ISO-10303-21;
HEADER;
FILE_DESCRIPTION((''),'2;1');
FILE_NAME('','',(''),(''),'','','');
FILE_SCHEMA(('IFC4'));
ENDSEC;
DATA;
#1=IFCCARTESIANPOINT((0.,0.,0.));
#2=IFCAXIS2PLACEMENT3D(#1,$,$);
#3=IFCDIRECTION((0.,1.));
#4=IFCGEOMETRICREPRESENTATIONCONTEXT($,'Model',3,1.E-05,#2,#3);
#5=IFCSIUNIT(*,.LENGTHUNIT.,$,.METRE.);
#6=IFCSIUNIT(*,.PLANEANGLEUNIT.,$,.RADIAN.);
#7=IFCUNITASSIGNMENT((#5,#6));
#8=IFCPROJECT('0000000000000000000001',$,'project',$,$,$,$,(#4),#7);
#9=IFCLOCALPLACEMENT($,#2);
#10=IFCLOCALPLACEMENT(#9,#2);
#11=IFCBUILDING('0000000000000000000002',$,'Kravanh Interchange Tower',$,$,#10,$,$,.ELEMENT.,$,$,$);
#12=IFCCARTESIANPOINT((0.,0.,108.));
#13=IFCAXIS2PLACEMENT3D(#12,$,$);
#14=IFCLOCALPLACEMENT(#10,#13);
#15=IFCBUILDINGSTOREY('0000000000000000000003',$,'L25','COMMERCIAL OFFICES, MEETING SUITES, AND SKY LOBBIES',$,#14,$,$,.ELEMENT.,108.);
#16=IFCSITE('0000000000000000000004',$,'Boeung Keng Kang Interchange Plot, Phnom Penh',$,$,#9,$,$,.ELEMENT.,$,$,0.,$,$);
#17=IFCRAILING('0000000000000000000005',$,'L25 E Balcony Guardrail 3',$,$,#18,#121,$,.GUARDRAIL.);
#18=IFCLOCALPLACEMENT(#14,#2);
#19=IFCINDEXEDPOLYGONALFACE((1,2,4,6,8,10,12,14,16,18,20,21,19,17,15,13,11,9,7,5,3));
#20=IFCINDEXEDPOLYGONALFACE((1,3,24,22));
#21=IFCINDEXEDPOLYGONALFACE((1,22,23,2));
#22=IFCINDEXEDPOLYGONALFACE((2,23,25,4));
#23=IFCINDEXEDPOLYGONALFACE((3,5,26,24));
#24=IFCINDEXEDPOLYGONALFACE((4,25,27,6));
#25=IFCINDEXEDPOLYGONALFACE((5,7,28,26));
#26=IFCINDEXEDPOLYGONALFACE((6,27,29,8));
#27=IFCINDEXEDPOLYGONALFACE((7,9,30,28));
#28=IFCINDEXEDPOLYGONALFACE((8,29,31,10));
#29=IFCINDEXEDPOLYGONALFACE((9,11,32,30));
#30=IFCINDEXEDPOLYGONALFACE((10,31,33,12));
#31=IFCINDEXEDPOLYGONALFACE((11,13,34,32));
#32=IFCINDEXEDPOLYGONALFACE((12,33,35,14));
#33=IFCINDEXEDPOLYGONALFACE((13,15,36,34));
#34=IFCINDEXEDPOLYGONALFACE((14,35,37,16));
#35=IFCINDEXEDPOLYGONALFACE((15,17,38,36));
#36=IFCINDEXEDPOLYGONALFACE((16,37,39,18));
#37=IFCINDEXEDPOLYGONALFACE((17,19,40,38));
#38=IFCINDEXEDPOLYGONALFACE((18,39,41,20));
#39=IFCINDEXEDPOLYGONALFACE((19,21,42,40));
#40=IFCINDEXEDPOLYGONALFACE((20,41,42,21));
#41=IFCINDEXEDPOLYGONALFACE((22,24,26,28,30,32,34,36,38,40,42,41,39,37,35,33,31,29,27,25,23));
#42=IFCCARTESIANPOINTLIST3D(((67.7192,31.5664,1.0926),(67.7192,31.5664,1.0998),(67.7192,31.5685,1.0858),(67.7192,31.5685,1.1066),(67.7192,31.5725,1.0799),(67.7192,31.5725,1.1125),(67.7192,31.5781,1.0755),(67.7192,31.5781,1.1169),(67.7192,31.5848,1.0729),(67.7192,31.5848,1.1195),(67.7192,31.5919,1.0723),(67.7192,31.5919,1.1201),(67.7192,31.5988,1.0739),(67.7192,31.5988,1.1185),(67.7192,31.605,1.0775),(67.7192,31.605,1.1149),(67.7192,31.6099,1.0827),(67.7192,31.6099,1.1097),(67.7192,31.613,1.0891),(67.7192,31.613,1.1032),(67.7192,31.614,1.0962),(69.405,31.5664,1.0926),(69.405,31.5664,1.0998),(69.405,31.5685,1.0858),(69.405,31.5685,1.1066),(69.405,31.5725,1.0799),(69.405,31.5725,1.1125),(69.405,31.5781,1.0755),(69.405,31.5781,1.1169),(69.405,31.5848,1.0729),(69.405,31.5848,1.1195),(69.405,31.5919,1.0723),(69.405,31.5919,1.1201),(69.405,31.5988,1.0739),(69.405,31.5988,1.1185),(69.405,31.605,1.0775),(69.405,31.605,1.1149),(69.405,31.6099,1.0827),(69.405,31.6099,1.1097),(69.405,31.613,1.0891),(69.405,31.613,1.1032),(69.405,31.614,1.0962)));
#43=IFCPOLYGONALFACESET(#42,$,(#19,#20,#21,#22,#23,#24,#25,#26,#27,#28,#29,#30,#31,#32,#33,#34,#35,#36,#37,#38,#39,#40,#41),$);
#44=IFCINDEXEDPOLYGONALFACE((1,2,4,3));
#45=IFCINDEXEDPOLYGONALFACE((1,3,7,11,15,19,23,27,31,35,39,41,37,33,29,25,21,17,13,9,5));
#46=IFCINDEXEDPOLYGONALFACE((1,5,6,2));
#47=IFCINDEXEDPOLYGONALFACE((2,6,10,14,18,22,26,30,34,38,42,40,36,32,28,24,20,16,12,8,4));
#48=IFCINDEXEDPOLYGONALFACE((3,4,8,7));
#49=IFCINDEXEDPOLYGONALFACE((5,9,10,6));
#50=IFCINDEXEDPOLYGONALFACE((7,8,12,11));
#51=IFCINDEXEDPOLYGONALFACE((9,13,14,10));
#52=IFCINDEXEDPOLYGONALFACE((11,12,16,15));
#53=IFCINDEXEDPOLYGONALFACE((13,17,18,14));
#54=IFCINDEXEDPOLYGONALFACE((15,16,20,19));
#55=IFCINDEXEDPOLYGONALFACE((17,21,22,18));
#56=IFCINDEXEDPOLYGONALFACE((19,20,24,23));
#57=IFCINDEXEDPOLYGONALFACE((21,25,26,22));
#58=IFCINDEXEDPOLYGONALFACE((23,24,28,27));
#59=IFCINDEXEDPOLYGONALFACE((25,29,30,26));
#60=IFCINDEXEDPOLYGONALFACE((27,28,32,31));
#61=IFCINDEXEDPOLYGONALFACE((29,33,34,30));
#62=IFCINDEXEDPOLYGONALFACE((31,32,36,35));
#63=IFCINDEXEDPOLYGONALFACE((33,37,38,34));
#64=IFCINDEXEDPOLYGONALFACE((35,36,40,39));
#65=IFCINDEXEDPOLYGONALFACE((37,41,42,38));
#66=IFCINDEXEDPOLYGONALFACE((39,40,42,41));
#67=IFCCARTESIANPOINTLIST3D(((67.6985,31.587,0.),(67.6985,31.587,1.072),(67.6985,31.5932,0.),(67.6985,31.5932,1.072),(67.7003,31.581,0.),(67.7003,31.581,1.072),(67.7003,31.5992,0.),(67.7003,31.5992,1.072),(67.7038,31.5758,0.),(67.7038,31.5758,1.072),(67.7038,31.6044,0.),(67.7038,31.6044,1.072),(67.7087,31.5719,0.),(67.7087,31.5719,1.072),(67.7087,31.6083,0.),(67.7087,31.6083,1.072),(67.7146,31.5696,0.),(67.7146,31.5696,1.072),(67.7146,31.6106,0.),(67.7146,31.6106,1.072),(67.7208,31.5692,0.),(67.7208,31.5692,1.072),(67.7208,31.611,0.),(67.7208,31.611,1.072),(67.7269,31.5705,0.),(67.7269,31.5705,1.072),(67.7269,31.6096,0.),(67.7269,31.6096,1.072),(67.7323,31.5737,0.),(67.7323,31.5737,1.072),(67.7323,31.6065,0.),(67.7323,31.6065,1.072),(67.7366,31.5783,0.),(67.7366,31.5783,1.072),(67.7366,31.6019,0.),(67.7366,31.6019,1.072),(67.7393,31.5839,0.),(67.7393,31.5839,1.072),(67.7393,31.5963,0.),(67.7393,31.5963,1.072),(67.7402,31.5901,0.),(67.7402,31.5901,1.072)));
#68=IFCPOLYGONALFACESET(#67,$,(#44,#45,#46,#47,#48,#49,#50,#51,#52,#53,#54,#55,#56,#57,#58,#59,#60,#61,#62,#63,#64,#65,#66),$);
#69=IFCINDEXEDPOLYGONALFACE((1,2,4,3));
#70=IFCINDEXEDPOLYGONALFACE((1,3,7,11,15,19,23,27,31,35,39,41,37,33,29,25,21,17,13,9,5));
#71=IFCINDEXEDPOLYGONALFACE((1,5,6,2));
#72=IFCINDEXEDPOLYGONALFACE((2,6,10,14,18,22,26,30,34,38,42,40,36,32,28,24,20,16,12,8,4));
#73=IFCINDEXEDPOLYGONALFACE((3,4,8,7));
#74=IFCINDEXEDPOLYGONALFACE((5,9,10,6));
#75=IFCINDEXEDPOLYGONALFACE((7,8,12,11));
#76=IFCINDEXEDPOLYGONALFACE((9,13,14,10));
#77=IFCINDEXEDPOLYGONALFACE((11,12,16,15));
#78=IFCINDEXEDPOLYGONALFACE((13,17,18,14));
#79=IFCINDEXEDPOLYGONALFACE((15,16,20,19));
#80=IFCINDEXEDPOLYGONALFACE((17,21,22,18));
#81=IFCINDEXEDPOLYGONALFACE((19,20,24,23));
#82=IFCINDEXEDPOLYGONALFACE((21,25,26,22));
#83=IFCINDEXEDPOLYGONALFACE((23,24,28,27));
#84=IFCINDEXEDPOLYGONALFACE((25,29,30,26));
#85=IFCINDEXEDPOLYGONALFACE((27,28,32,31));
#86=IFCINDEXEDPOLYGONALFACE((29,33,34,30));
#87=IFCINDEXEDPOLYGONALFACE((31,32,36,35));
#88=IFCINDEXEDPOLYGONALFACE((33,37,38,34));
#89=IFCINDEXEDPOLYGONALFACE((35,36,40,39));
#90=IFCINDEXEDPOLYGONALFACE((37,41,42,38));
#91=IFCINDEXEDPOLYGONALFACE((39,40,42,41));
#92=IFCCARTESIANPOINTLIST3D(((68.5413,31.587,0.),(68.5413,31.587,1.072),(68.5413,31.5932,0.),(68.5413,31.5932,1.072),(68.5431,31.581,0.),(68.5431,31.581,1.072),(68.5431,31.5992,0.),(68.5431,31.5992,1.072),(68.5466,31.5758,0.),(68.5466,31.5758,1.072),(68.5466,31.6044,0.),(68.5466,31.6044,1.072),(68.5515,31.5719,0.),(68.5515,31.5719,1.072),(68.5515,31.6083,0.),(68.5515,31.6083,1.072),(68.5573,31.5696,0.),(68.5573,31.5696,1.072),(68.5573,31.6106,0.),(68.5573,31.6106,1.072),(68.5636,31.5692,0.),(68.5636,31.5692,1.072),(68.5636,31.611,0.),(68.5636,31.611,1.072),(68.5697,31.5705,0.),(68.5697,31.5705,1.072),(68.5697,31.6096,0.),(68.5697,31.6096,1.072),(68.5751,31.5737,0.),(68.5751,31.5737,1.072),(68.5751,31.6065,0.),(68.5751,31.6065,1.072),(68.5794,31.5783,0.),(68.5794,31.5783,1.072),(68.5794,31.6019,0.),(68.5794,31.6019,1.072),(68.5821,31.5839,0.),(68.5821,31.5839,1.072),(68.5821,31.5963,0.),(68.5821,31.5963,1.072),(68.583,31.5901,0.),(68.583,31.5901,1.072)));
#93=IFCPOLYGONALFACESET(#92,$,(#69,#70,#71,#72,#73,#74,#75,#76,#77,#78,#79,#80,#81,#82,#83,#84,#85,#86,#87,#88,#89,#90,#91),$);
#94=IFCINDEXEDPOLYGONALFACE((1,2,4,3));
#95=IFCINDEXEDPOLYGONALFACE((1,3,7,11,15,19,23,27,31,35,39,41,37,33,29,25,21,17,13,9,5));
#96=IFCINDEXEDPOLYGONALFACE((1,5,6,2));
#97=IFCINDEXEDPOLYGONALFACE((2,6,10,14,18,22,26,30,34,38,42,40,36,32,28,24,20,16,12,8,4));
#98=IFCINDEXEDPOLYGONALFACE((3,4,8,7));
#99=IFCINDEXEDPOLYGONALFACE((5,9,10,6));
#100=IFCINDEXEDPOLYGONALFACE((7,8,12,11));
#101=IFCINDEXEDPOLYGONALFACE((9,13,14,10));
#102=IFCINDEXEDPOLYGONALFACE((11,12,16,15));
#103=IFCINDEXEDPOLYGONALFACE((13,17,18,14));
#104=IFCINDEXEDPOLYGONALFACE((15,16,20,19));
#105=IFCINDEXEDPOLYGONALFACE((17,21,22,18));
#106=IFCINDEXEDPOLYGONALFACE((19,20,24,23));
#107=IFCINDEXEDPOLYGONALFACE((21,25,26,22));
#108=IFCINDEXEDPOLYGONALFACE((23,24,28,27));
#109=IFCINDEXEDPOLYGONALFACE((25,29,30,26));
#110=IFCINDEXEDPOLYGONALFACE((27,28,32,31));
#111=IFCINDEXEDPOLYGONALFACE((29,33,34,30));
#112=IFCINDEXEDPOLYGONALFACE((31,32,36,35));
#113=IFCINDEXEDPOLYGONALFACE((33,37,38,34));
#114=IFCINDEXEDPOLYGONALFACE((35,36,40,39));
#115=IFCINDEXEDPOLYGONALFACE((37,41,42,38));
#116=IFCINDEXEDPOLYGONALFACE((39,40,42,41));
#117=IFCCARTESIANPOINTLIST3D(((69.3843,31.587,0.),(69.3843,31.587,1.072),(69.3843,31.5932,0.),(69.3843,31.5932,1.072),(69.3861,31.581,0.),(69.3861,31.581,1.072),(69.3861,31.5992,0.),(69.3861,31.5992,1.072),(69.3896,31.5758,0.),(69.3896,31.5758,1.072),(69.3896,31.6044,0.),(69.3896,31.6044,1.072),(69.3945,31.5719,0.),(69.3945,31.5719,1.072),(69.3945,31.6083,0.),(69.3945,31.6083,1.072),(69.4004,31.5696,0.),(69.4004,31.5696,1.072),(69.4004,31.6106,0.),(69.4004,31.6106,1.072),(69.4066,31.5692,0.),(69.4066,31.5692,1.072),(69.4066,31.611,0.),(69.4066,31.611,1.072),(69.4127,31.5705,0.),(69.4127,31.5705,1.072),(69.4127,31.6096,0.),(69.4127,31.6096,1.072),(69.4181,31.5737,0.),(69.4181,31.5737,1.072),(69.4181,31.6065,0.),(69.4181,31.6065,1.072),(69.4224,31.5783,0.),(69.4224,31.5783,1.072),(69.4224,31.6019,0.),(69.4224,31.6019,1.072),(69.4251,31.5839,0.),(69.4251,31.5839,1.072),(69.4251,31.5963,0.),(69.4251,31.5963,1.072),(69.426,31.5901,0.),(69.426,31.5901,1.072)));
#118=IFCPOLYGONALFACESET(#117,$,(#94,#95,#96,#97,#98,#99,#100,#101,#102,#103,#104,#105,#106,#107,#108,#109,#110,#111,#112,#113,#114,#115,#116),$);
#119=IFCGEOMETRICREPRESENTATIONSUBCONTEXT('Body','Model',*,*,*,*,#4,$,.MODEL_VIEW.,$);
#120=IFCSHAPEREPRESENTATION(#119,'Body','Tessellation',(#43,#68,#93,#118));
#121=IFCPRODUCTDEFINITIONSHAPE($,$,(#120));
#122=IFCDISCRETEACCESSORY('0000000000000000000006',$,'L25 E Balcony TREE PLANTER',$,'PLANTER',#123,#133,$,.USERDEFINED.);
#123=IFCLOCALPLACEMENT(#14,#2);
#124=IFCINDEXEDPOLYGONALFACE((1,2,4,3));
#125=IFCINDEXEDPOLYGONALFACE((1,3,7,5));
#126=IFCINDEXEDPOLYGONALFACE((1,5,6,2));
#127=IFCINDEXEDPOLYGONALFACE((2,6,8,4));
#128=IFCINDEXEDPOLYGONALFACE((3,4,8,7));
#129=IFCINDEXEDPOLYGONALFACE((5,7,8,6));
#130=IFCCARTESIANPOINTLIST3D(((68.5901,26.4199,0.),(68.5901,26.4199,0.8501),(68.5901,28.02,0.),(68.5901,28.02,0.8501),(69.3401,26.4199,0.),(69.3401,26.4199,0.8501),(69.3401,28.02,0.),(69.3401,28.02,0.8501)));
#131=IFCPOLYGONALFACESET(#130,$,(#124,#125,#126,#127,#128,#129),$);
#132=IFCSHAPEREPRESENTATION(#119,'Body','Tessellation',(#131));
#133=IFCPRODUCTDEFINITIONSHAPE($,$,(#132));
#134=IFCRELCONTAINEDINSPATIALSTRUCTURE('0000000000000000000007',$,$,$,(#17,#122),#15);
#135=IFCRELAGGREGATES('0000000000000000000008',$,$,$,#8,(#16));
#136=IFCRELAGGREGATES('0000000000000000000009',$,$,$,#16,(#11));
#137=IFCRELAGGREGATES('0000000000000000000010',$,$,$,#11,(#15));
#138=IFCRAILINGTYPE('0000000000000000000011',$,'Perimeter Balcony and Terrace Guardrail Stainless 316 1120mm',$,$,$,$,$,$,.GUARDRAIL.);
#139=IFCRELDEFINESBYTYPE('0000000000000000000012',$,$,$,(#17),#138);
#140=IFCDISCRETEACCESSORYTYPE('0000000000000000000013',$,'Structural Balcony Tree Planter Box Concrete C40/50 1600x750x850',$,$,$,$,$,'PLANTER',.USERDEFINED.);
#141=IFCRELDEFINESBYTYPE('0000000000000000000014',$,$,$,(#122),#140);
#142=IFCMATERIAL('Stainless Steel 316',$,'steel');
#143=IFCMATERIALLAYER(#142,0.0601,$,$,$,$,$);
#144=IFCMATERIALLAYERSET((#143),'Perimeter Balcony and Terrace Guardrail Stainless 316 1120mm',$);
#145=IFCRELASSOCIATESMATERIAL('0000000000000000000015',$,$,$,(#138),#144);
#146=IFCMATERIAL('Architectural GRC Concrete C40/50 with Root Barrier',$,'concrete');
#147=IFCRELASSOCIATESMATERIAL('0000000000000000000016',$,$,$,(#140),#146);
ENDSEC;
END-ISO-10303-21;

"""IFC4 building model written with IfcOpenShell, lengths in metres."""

from ifc_helpers import new_model, si_unit, direction, frame, origin, origin_2d, place, context, subcontext, project, spatial, rectangle, circle, extrude, material, layer, layer_set, type_object, element, save


model = new_model("IFC4")

# Units and contexts
model_context = context("Model", 3, precision=1e-05, world=origin(), true_north=direction((0.0, 1.0)))
body_context = subcontext(model_context, "Body", "Model", "MODEL_VIEW")
ifc_project = project(units=[si_unit("LENGTHUNIT", "METRE"), si_unit("PLANEANGLEUNIT", "RADIAN")], contexts=[model_context])

# Site, building, storey
site_placement = place(None, origin())
site = spatial("IfcSite", under=ifc_project, at=site_placement, Name="Boeung Keng Kang Interchange Plot, Phnom Penh", CompositionType="ELEMENT", RefElevation=0.0)
building_placement = place(site_placement, origin())
building = spatial("IfcBuilding", under=site, at=building_placement, Name="Kravanh Interchange Tower", CompositionType="ELEMENT")
storey_placement = place(building_placement, frame((0.0, 0.0, 108.0)))
storey = spatial("IfcBuildingStorey", under=building, at=storey_placement, Name="L25", Description="COMMERCIAL OFFICES, MEETING SUITES, AND SKY LOBBIES", CompositionType="ELEMENT", Elevation=108.0)

# Railing
ifc_material_1 = material(Name="Stainless Steel 316", Category="steel")
ifc_layer_1 = layer(ifc_material_1, 0.0601)
ifc_layer_set_1 = layer_set([ifc_layer_1], Name="Perimeter Balcony and Terrace Guardrail Stainless 316 1120mm")
railing_type = type_object("IfcRailingType", Name="Perimeter Balcony and Terrace Guardrail Stainless 316 1120mm", PredefinedType="GUARDRAIL", material=ifc_layer_set_1)
railing_1_placement = place(storey_placement, frame((67.7192, 31.5901, 0.0)))
element("IfcRailing", 1, at=railing_1_placement, inside=storey, type_object=railing_type, Name="L25 E Balcony Guardrail 3", PredefinedType="GUARDRAIL", context=body_context, shape_type="SweptSolid", body=[
    extrude(circle(Radius=0.0239, at=origin_2d()), frame((0.0, 0.0, 1.0962), z_axis=(1.0, 0.0, 0.0), x_axis=(0.0, 1.0, 0.0)), (0.0, 0.0, 1.0), 1.6858),
    extrude(circle(Radius=0.021, at=origin_2d()), origin(), (0.0, 0.0, 1.0), 1.072),
    extrude(circle(Radius=0.021, at=origin_2d()), frame((0.8428, 0.0, 0.0)), (0.0, 0.0, 1.0), 1.072),
    extrude(circle(Radius=0.021, at=origin_2d()), frame((1.6858, 0.0, 0.0)), (0.0, 0.0, 1.0), 1.072),
])

# Discrete accessory
ifc_material_2 = material(Name="Architectural GRC Concrete C40/50 with Root Barrier", Category="concrete")
discrete_accessory_type = type_object("IfcDiscreteAccessoryType", Name="Structural Balcony Tree Planter Box Concrete C40/50 1600x750x850", ElementType="PLANTER", PredefinedType="USERDEFINED", material=ifc_material_2)
discrete_accessory_placement = place(storey_placement, frame((68.9651, 27.22, 0.0), z_axis=(0.0, 0.0, 1.0), x_axis=(1.0, 0.0, 0.0)))
element("IfcDiscreteAccessory", 2, at=discrete_accessory_placement, inside=storey, type_object=discrete_accessory_type, Name="L25 E Balcony TREE PLANTER", ObjectType="PLANTER", PredefinedType="USERDEFINED", context=body_context, shape_type="SweptSolid", body=[
    extrude(rectangle(XDim=0.75, YDim=1.6001, at=origin_2d()), origin(), (0.0, 0.0, 1.0), 0.8501),
])

save(model, "model.ifc")
